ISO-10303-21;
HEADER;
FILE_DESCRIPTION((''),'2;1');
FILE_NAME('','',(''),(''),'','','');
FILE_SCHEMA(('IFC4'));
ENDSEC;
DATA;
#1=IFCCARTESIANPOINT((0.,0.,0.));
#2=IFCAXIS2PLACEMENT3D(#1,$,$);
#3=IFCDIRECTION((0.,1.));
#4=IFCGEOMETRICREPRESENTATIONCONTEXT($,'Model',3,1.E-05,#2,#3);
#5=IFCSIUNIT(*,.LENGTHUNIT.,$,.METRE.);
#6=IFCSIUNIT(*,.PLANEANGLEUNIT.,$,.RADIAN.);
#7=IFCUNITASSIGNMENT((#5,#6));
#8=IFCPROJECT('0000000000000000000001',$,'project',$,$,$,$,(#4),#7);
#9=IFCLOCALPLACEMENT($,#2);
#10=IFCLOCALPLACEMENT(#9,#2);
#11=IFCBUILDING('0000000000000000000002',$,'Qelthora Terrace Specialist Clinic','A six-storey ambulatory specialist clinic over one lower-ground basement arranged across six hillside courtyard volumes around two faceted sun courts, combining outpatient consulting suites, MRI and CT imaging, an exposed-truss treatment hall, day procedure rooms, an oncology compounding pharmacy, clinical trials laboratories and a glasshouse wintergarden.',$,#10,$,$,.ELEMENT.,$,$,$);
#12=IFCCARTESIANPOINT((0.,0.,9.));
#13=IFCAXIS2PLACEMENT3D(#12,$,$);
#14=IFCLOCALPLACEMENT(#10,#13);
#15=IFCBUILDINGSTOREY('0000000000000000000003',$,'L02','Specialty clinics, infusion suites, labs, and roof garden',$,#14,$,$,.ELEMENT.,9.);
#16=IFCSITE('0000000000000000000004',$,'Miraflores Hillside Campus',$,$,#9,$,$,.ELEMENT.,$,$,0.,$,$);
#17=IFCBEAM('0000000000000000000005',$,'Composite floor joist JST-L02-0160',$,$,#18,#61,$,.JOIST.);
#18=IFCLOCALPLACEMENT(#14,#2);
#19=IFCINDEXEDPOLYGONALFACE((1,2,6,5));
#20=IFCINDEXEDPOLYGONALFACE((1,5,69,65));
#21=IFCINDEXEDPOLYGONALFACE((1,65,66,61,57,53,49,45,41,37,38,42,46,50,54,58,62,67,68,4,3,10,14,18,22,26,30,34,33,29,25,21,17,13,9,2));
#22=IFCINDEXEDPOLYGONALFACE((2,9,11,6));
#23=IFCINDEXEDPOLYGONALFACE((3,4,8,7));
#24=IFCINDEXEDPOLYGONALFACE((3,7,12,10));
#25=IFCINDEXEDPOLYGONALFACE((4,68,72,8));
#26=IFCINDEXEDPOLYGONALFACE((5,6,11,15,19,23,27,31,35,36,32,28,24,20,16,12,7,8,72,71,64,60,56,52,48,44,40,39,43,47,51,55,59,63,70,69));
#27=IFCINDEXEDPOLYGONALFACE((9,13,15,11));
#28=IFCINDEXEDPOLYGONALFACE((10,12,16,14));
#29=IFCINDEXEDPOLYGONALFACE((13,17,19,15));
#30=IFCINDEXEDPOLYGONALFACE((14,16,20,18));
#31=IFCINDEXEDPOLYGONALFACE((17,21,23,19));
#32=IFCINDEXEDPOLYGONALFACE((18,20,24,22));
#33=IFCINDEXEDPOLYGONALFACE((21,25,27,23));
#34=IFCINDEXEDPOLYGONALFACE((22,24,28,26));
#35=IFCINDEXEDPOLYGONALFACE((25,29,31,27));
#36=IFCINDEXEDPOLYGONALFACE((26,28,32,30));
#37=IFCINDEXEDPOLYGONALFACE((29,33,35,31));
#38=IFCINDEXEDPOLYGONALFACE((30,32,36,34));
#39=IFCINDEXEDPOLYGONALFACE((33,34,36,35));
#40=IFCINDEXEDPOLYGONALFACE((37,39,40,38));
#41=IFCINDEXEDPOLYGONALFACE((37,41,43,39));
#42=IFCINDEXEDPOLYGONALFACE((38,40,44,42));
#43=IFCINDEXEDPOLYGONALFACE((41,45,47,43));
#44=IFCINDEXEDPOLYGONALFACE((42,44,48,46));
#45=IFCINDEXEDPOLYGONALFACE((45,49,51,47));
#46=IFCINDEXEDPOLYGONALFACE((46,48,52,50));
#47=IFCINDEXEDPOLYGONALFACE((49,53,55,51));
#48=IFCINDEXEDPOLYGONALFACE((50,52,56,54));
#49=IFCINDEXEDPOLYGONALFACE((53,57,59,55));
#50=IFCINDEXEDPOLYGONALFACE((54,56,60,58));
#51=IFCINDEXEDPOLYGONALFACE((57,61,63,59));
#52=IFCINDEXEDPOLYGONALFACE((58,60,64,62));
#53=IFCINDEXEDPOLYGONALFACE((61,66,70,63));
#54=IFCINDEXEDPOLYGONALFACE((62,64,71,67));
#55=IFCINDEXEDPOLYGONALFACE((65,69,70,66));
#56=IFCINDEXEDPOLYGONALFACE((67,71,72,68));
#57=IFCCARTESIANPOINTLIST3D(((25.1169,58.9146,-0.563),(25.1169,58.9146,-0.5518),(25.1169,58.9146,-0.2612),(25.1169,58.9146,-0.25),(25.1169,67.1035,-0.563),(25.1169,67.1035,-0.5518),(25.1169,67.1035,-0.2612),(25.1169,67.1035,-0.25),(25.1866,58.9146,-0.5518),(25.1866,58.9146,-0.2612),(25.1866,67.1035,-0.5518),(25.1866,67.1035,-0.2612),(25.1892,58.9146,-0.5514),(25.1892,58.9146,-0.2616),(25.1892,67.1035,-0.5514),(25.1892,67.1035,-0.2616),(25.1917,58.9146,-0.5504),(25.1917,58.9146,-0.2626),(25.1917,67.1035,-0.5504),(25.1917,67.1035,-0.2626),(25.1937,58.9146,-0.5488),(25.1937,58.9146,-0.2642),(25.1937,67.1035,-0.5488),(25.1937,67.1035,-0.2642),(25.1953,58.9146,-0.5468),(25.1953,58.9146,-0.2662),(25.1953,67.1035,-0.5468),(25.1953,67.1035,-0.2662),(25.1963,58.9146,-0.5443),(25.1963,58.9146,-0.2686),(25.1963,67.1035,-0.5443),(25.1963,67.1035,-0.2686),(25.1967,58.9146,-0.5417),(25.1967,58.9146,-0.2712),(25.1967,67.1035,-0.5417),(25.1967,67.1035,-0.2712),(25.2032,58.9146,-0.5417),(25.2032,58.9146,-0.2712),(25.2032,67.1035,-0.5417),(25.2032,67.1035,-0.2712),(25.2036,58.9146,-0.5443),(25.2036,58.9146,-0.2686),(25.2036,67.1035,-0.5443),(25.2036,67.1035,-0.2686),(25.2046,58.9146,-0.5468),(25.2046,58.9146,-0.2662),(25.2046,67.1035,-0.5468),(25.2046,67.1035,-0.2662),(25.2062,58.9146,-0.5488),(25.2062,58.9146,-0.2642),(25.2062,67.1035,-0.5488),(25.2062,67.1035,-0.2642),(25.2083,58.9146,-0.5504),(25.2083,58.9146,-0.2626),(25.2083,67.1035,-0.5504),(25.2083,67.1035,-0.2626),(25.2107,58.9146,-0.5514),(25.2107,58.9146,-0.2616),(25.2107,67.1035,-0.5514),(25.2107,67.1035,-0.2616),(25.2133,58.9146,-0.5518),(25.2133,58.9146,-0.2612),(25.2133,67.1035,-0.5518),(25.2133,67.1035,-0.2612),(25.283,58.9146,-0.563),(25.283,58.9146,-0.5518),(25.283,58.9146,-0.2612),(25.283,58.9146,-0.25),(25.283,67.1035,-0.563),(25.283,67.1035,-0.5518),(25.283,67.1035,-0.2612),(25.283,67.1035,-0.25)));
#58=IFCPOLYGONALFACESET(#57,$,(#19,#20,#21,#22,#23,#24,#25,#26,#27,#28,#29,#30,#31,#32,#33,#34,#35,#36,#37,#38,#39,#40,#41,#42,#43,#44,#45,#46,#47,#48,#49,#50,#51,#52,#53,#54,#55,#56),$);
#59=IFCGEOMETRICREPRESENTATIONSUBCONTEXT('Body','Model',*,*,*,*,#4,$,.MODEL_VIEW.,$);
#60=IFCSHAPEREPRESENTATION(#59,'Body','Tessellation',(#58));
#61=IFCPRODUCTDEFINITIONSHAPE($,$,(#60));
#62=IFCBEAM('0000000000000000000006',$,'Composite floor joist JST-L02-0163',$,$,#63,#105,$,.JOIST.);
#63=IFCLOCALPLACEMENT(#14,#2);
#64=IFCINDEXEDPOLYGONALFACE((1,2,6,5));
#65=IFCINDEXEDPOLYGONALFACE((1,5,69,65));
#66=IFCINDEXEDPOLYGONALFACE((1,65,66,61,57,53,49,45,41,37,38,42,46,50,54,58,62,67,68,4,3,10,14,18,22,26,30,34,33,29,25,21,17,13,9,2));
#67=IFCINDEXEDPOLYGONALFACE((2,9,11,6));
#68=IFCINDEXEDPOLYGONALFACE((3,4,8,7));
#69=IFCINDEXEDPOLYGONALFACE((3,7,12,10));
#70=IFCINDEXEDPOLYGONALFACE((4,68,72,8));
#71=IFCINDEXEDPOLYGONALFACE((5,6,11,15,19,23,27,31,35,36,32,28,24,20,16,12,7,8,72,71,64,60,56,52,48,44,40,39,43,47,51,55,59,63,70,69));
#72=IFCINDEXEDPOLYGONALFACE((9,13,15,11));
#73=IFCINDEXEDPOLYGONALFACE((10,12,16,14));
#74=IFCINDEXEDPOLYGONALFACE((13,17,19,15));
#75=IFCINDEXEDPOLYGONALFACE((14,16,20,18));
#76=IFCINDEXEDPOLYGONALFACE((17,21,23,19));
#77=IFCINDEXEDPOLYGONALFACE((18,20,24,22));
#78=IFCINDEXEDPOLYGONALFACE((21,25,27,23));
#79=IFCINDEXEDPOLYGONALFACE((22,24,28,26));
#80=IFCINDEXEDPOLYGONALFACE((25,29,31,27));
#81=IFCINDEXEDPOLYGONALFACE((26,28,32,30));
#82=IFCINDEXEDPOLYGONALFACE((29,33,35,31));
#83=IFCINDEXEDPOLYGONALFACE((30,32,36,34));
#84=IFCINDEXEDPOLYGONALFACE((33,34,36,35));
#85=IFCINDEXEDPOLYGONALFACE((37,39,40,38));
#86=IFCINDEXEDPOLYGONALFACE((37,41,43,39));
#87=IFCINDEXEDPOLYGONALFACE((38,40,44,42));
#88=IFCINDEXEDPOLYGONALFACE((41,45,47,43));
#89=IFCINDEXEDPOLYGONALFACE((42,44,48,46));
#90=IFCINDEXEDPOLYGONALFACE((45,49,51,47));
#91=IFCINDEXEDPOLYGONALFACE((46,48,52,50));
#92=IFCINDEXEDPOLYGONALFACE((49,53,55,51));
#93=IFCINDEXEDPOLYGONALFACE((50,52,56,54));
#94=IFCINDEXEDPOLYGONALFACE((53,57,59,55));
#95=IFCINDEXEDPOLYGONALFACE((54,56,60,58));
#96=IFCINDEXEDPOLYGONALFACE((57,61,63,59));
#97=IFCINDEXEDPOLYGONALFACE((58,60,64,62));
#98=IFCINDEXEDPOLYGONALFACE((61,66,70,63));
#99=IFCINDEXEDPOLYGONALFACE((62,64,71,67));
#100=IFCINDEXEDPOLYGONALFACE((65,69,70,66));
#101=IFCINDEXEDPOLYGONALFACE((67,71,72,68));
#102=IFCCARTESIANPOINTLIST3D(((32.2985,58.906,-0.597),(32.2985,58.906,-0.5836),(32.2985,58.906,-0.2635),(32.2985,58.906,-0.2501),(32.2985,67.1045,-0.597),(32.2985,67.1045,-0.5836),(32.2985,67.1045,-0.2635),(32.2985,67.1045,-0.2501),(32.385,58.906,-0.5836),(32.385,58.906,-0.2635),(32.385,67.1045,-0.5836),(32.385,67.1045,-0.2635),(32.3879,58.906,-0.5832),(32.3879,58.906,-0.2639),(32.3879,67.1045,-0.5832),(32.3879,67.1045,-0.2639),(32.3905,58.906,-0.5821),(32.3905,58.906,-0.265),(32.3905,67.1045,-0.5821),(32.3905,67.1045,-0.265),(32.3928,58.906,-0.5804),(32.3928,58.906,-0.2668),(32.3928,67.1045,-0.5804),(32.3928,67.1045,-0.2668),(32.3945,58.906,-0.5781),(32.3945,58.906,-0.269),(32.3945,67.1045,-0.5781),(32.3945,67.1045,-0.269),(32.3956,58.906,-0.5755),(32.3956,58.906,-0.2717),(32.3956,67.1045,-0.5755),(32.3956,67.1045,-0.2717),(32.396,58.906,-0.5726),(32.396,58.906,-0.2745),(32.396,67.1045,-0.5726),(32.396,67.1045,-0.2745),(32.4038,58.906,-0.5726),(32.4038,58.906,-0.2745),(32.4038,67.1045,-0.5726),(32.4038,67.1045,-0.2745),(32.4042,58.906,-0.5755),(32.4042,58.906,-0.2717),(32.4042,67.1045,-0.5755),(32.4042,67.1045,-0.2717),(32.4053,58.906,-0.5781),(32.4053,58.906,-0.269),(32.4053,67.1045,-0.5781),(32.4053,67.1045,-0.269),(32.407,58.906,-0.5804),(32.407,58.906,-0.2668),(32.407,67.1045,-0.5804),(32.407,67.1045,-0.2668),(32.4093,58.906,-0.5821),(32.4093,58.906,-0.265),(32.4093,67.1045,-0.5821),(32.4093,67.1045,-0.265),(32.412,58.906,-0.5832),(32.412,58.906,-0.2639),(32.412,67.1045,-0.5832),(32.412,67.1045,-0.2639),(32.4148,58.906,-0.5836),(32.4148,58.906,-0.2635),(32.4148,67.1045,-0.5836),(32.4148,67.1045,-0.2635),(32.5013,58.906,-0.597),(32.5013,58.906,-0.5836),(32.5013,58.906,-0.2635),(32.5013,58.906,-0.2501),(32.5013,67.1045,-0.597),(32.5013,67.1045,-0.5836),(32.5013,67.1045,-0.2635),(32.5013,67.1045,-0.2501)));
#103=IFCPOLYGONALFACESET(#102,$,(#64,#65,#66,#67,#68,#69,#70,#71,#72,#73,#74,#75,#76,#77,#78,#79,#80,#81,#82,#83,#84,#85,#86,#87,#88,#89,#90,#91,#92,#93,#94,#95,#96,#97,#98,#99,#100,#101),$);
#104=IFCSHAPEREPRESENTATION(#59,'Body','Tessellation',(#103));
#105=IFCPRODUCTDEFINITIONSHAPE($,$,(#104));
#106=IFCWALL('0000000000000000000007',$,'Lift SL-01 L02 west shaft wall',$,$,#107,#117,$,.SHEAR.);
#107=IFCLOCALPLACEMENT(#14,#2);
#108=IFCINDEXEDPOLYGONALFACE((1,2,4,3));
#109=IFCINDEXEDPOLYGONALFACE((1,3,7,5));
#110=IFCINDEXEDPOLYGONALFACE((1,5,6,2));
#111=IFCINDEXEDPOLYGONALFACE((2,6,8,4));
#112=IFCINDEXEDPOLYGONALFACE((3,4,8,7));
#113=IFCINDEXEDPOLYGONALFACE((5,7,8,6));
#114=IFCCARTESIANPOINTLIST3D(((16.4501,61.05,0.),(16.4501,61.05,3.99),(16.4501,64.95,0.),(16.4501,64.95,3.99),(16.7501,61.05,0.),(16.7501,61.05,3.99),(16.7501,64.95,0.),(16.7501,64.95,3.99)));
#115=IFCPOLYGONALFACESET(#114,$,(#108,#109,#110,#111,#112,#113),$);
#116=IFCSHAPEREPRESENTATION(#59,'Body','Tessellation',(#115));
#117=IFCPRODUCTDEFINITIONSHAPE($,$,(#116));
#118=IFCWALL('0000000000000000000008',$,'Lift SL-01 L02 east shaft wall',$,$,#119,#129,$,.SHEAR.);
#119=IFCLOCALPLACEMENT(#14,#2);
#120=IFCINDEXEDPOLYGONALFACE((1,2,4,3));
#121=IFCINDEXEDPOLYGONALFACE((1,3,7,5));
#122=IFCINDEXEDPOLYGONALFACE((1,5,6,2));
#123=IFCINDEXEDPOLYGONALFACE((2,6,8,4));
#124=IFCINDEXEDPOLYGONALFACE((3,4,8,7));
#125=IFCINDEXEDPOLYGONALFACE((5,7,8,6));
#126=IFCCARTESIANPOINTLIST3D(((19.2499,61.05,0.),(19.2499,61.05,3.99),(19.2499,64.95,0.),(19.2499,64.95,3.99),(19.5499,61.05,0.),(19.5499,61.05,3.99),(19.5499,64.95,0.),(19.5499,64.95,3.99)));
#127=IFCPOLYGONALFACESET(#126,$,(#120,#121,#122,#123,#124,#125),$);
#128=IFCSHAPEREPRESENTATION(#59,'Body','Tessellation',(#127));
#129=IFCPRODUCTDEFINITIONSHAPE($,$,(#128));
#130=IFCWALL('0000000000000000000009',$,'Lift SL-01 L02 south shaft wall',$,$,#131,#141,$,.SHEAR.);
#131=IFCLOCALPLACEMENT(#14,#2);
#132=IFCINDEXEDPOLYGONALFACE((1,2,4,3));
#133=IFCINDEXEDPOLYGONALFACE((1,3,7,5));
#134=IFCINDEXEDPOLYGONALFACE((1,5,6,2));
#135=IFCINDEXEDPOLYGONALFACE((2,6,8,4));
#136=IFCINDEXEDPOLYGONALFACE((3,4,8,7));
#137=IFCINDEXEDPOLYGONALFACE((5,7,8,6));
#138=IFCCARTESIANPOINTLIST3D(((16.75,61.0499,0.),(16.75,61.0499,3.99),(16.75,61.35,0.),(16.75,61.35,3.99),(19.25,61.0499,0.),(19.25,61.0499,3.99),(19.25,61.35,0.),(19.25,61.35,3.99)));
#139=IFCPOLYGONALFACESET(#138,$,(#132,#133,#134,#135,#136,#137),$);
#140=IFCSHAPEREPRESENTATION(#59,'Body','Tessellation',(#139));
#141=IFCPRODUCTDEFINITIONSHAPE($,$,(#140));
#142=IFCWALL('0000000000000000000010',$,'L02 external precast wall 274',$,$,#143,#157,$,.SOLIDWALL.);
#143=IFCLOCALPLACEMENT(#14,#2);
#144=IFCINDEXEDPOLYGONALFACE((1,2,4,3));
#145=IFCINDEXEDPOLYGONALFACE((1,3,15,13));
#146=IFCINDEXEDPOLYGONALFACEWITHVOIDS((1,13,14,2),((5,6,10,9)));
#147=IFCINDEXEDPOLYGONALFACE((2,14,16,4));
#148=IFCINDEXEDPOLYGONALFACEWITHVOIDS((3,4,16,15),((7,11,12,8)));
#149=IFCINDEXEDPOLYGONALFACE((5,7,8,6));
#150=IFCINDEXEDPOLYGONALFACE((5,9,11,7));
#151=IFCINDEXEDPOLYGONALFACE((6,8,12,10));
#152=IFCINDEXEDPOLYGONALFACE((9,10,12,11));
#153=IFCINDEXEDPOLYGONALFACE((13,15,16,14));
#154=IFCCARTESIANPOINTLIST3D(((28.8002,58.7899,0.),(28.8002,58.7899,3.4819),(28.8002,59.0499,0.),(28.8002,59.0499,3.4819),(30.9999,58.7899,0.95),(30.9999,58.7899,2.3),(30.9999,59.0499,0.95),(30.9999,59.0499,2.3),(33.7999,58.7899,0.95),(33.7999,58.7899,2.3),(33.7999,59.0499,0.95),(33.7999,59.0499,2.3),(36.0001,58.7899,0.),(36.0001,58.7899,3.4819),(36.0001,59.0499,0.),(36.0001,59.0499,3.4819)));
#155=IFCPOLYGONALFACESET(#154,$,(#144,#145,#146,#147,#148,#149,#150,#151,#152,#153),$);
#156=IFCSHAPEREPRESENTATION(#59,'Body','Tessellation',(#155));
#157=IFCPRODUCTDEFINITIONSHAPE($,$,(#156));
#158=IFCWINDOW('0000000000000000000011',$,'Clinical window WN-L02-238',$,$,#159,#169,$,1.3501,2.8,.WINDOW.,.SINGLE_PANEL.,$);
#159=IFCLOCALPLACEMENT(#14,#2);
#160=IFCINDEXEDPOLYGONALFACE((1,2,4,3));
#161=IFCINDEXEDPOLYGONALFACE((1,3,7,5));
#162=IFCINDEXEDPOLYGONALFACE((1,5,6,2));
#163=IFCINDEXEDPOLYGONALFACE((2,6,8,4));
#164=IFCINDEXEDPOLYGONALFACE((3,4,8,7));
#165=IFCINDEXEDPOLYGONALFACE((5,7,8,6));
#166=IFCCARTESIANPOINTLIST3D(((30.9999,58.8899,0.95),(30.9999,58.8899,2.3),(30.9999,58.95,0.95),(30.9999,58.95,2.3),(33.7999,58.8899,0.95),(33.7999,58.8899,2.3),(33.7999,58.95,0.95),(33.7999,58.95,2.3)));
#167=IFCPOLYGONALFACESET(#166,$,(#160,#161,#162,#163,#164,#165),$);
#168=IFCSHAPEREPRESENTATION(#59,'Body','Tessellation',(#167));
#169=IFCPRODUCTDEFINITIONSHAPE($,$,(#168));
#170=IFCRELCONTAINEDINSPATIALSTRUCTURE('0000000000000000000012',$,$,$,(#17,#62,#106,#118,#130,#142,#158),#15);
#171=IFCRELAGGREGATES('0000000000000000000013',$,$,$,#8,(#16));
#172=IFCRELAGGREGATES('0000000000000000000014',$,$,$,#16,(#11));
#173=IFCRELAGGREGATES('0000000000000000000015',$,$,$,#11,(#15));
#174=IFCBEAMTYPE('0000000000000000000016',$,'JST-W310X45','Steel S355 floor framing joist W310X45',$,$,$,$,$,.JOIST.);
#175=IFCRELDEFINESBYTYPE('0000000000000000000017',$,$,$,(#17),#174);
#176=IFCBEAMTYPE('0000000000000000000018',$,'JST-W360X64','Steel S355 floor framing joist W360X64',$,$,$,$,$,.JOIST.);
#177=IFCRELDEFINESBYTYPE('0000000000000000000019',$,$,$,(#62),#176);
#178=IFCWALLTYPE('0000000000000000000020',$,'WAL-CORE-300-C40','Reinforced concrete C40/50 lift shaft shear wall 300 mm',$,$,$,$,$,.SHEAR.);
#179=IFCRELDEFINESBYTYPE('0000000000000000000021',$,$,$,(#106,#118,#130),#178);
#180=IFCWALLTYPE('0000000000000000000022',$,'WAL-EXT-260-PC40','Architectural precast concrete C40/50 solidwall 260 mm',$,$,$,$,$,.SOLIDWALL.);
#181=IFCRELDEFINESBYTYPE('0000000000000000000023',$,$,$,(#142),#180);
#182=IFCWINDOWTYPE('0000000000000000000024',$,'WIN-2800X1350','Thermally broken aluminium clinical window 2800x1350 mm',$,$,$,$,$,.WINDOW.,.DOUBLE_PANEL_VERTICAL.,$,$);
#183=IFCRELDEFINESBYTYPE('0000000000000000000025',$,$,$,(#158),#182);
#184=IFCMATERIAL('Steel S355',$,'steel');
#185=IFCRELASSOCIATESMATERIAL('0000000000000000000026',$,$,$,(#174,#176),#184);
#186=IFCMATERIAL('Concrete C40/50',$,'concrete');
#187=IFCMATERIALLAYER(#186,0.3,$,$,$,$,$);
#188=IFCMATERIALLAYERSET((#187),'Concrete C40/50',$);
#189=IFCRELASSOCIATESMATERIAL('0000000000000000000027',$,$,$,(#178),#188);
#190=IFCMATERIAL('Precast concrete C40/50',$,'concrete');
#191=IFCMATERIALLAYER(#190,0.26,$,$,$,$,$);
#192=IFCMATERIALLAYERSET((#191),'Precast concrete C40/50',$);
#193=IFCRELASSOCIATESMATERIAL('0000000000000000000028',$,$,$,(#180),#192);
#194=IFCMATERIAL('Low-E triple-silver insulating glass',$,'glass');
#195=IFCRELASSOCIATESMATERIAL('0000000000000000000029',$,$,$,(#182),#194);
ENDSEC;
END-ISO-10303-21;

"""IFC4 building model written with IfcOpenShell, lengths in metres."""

from ifc_helpers import new_model, si_unit, direction, frame, frame_2d, origin, origin_2d, place, context, subcontext, project, spatial, rectangle, i_section, extrude, material, layer, layer_set, material_profile, profile_set, type_object, element, fill, save


model = new_model("IFC4")

# Units and contexts
model_context = context("Model", 3, precision=1e-05, world=origin(), true_north=direction((0.0, 1.0)))
body_context = subcontext(model_context, "Body", "Model", "MODEL_VIEW")
ifc_project = project(units=[si_unit("LENGTHUNIT", "METRE"), si_unit("PLANEANGLEUNIT", "RADIAN")], contexts=[model_context])

# Site, building, storey
site_placement = place(None, origin())
site = spatial("IfcSite", under=ifc_project, at=site_placement, Name="Miraflores Hillside Campus", CompositionType="ELEMENT", RefElevation=0.0)
building_placement = place(site_placement, origin())
building = spatial("IfcBuilding", under=site, at=building_placement, Name="Qelthora Terrace Specialist Clinic", Description="A six-storey ambulatory specialist clinic over one lower-ground basement arranged across six hillside courtyard volumes around two faceted sun courts, combining outpatient consulting suites, MRI and CT imaging, an exposed-truss treatment hall, day procedure rooms, an oncology compounding pharmacy, clinical trials laboratories and a glasshouse wintergarden.", CompositionType="ELEMENT")
storey_placement = place(building_placement, frame((0.0, 0.0, 9.0)))
storey = spatial("IfcBuildingStorey", under=building, at=storey_placement, Name="L02", Description="Specialty clinics, infusion suites, labs, and roof garden", CompositionType="ELEMENT", Elevation=9.0)

# Shared definitions
ifc_material_1 = material(Name="Steel S355", Category="steel")

# Beams
ifc_material_profile_1 = material_profile(ifc_material_1, i_section(OverallWidth=0.166, OverallDepth=0.313, WebThickness=0.0066, FlangeThickness=0.0112, FilletRadius=0.01, at=origin_2d()), Name="W310X45")
ifc_profile_set_1 = profile_set([ifc_material_profile_1], Name="Steel S355")
beam_type_1 = type_object("IfcBeamType", Name="JST-W310X45", Description="Steel S355 floor framing joist W310X45", PredefinedType="JOIST", material=ifc_profile_set_1)
beam_1_placement = place(storey_placement, frame((25.2, 58.9146, -0.4065), z_axis=(0.0, 1.0, 0.0), x_axis=(-1.0, 0.0, 0.0)))
element("IfcBeam", 1, at=beam_1_placement, inside=storey, type_object=beam_type_1, Name="Composite floor joist JST-L02-0160", PredefinedType="JOIST", context=body_context, shape_type="SweptSolid", body=[
    extrude(i_section(OverallWidth=0.166, OverallDepth=0.313, WebThickness=0.0066, FlangeThickness=0.0112, FilletRadius=0.01, at=origin_2d()), origin(), (0.0, 0.0, 1.0), 8.189),
])
ifc_material_profile_2 = material_profile(ifc_material_1, i_section(OverallWidth=0.2029, OverallDepth=0.3469, WebThickness=0.0078, FlangeThickness=0.0134, FilletRadius=0.011, at=origin_2d()), Name="W360X64")
ifc_profile_set_2 = profile_set([ifc_material_profile_2], Name="Steel S355")
beam_type_2 = type_object("IfcBeamType", Name="JST-W360X64", Description="Steel S355 floor framing joist W360X64", PredefinedType="JOIST", material=ifc_profile_set_2)
beam_2_placement = place(storey_placement, frame((32.3999, 58.906, -0.4236), z_axis=(0.0, 1.0, 0.0), x_axis=(-1.0, 0.0, 0.0)))
element("IfcBeam", 2, at=beam_2_placement, inside=storey, type_object=beam_type_2, Name="Composite floor joist JST-L02-0163", PredefinedType="JOIST", context=body_context, shape_type="SweptSolid", body=[
    extrude(i_section(OverallWidth=0.2029, OverallDepth=0.3469, WebThickness=0.0078, FlangeThickness=0.0134, FilletRadius=0.011, at=origin_2d()), origin(), (0.0, 0.0, 1.0), 8.1985),
])

# Walls
ifc_material_2 = material(Name="Concrete C40/50", Category="concrete")
ifc_layer_1 = layer(ifc_material_2, 0.3)
ifc_layer_set_1 = layer_set([ifc_layer_1], Name="Concrete C40/50")
wall_type_1 = type_object("IfcWallType", Name="WAL-CORE-300-C40", Description="Reinforced concrete C40/50 lift shaft shear wall 300 mm", PredefinedType="SHEAR", material=ifc_layer_set_1)
for number, where, z_axis, x_axis, name in (
    (3, (16.6001, 61.05, 0.0), (0.0, 0.0, 1.0), (0.0, 1.0, 0.0), "Lift SL-01 L02 west shaft wall"),
    (4, (19.3999, 61.05, 0.0), (0.0, 0.0, 1.0), (0.0, 1.0, 0.0), "Lift SL-01 L02 east shaft wall"),
):
    element("IfcWall", number, at=place(storey_placement, frame(where, z_axis=z_axis, x_axis=x_axis)), inside=storey, type_object=wall_type_1, Name=name, PredefinedType="SHEAR", context=body_context, shape_type="SweptSolid", body=[
        extrude(rectangle(XDim=3.8999, YDim=0.3, at=frame_2d((1.95, 0.0))), origin(), (0.0, 0.0, 1.0), 3.99),
    ])

# Wall
wall_1_placement = place(storey_placement, frame((16.75, 61.2, 0.0), z_axis=(0.0, 0.0, 1.0), x_axis=(1.0, 0.0, 0.0)))
element("IfcWall", 5, at=wall_1_placement, inside=storey, type_object=wall_type_1, Name="Lift SL-01 L02 south shaft wall", PredefinedType="SHEAR", context=body_context, shape_type="SweptSolid", body=[
    extrude(rectangle(XDim=2.5, YDim=0.3, at=frame_2d((1.25, 0.0))), origin(), (0.0, 0.0, 1.0), 3.99),
])

# Wall, opening, window
ifc_material_3 = material(Name="Precast concrete C40/50", Category="concrete")
ifc_layer_2 = layer(ifc_material_3, 0.26)
ifc_layer_set_2 = layer_set([ifc_layer_2], Name="Precast concrete C40/50")
wall_type_2 = type_object("IfcWallType", Name="WAL-EXT-260-PC40", Description="Architectural precast concrete C40/50 solidwall 260 mm", PredefinedType="SOLIDWALL", material=ifc_layer_set_2)
wall_2_placement = place(storey_placement, frame((28.8, 58.9199, 0.0), z_axis=(0.0, 0.0, 1.0), x_axis=(1.0, 0.0, 0.0)))
wall_2 = element("IfcWall", 6, at=wall_2_placement, inside=storey, type_object=wall_type_2, Name="L02 external precast wall 274", PredefinedType="SOLIDWALL", context=body_context, shape_type="SweptSolid", body=[
    extrude(rectangle(XDim=7.2, YDim=0.26, at=frame_2d((3.6001, 0.0))), origin(), (0.0, 0.0, 1.0), 3.4819),
])
opening_1_placement = place(wall_2_placement, frame((2.2, 0.0, 0.95)))
opening_1 = element("IfcOpeningElement", 7, at=opening_1_placement, cuts=wall_2, PredefinedType="OPENING", context=body_context, shape_type="SweptSolid", body=[
    extrude(rectangle(XDim=2.8, YDim=1.3501, at=frame_2d((1.3999, 0.675))), frame((0.0, 0.1399, 0.0), z_axis=(0.0, -1.0, 0.0), x_axis=(1.0, 0.0, 0.0)), (0.0, 0.0, 1.0), 0.28),
])
ifc_material_4 = material(Name="Low-E triple-silver insulating glass", Category="glass")
window_type_1 = type_object("IfcWindowType", Name="WIN-2800X1350", Description="Thermally broken aluminium clinical window 2800x1350 mm", PartitioningType="DOUBLE_PANEL_VERTICAL", PredefinedType="WINDOW", material=ifc_material_4)
window_1_placement = place(opening_1_placement, origin())
window_1 = element("IfcWindow", 8, at=window_1_placement, inside=storey, type_object=window_type_1, Name="Clinical window WN-L02-238", OverallHeight=1.3501, OverallWidth=2.8, PartitioningType="SINGLE_PANEL", PredefinedType="WINDOW", context=body_context, shape_type="SweptSolid", body=[
    extrude(rectangle(XDim=2.8, YDim=1.3501, at=frame_2d((1.3999, 0.675))), frame((0.0, 0.03, 0.0), z_axis=(0.0, -1.0, 0.0), x_axis=(1.0, 0.0, 0.0)), (0.0, 0.0, 1.0), 0.0601),
])
fill(opening_1, window_1)

save(model, "model.ifc")
